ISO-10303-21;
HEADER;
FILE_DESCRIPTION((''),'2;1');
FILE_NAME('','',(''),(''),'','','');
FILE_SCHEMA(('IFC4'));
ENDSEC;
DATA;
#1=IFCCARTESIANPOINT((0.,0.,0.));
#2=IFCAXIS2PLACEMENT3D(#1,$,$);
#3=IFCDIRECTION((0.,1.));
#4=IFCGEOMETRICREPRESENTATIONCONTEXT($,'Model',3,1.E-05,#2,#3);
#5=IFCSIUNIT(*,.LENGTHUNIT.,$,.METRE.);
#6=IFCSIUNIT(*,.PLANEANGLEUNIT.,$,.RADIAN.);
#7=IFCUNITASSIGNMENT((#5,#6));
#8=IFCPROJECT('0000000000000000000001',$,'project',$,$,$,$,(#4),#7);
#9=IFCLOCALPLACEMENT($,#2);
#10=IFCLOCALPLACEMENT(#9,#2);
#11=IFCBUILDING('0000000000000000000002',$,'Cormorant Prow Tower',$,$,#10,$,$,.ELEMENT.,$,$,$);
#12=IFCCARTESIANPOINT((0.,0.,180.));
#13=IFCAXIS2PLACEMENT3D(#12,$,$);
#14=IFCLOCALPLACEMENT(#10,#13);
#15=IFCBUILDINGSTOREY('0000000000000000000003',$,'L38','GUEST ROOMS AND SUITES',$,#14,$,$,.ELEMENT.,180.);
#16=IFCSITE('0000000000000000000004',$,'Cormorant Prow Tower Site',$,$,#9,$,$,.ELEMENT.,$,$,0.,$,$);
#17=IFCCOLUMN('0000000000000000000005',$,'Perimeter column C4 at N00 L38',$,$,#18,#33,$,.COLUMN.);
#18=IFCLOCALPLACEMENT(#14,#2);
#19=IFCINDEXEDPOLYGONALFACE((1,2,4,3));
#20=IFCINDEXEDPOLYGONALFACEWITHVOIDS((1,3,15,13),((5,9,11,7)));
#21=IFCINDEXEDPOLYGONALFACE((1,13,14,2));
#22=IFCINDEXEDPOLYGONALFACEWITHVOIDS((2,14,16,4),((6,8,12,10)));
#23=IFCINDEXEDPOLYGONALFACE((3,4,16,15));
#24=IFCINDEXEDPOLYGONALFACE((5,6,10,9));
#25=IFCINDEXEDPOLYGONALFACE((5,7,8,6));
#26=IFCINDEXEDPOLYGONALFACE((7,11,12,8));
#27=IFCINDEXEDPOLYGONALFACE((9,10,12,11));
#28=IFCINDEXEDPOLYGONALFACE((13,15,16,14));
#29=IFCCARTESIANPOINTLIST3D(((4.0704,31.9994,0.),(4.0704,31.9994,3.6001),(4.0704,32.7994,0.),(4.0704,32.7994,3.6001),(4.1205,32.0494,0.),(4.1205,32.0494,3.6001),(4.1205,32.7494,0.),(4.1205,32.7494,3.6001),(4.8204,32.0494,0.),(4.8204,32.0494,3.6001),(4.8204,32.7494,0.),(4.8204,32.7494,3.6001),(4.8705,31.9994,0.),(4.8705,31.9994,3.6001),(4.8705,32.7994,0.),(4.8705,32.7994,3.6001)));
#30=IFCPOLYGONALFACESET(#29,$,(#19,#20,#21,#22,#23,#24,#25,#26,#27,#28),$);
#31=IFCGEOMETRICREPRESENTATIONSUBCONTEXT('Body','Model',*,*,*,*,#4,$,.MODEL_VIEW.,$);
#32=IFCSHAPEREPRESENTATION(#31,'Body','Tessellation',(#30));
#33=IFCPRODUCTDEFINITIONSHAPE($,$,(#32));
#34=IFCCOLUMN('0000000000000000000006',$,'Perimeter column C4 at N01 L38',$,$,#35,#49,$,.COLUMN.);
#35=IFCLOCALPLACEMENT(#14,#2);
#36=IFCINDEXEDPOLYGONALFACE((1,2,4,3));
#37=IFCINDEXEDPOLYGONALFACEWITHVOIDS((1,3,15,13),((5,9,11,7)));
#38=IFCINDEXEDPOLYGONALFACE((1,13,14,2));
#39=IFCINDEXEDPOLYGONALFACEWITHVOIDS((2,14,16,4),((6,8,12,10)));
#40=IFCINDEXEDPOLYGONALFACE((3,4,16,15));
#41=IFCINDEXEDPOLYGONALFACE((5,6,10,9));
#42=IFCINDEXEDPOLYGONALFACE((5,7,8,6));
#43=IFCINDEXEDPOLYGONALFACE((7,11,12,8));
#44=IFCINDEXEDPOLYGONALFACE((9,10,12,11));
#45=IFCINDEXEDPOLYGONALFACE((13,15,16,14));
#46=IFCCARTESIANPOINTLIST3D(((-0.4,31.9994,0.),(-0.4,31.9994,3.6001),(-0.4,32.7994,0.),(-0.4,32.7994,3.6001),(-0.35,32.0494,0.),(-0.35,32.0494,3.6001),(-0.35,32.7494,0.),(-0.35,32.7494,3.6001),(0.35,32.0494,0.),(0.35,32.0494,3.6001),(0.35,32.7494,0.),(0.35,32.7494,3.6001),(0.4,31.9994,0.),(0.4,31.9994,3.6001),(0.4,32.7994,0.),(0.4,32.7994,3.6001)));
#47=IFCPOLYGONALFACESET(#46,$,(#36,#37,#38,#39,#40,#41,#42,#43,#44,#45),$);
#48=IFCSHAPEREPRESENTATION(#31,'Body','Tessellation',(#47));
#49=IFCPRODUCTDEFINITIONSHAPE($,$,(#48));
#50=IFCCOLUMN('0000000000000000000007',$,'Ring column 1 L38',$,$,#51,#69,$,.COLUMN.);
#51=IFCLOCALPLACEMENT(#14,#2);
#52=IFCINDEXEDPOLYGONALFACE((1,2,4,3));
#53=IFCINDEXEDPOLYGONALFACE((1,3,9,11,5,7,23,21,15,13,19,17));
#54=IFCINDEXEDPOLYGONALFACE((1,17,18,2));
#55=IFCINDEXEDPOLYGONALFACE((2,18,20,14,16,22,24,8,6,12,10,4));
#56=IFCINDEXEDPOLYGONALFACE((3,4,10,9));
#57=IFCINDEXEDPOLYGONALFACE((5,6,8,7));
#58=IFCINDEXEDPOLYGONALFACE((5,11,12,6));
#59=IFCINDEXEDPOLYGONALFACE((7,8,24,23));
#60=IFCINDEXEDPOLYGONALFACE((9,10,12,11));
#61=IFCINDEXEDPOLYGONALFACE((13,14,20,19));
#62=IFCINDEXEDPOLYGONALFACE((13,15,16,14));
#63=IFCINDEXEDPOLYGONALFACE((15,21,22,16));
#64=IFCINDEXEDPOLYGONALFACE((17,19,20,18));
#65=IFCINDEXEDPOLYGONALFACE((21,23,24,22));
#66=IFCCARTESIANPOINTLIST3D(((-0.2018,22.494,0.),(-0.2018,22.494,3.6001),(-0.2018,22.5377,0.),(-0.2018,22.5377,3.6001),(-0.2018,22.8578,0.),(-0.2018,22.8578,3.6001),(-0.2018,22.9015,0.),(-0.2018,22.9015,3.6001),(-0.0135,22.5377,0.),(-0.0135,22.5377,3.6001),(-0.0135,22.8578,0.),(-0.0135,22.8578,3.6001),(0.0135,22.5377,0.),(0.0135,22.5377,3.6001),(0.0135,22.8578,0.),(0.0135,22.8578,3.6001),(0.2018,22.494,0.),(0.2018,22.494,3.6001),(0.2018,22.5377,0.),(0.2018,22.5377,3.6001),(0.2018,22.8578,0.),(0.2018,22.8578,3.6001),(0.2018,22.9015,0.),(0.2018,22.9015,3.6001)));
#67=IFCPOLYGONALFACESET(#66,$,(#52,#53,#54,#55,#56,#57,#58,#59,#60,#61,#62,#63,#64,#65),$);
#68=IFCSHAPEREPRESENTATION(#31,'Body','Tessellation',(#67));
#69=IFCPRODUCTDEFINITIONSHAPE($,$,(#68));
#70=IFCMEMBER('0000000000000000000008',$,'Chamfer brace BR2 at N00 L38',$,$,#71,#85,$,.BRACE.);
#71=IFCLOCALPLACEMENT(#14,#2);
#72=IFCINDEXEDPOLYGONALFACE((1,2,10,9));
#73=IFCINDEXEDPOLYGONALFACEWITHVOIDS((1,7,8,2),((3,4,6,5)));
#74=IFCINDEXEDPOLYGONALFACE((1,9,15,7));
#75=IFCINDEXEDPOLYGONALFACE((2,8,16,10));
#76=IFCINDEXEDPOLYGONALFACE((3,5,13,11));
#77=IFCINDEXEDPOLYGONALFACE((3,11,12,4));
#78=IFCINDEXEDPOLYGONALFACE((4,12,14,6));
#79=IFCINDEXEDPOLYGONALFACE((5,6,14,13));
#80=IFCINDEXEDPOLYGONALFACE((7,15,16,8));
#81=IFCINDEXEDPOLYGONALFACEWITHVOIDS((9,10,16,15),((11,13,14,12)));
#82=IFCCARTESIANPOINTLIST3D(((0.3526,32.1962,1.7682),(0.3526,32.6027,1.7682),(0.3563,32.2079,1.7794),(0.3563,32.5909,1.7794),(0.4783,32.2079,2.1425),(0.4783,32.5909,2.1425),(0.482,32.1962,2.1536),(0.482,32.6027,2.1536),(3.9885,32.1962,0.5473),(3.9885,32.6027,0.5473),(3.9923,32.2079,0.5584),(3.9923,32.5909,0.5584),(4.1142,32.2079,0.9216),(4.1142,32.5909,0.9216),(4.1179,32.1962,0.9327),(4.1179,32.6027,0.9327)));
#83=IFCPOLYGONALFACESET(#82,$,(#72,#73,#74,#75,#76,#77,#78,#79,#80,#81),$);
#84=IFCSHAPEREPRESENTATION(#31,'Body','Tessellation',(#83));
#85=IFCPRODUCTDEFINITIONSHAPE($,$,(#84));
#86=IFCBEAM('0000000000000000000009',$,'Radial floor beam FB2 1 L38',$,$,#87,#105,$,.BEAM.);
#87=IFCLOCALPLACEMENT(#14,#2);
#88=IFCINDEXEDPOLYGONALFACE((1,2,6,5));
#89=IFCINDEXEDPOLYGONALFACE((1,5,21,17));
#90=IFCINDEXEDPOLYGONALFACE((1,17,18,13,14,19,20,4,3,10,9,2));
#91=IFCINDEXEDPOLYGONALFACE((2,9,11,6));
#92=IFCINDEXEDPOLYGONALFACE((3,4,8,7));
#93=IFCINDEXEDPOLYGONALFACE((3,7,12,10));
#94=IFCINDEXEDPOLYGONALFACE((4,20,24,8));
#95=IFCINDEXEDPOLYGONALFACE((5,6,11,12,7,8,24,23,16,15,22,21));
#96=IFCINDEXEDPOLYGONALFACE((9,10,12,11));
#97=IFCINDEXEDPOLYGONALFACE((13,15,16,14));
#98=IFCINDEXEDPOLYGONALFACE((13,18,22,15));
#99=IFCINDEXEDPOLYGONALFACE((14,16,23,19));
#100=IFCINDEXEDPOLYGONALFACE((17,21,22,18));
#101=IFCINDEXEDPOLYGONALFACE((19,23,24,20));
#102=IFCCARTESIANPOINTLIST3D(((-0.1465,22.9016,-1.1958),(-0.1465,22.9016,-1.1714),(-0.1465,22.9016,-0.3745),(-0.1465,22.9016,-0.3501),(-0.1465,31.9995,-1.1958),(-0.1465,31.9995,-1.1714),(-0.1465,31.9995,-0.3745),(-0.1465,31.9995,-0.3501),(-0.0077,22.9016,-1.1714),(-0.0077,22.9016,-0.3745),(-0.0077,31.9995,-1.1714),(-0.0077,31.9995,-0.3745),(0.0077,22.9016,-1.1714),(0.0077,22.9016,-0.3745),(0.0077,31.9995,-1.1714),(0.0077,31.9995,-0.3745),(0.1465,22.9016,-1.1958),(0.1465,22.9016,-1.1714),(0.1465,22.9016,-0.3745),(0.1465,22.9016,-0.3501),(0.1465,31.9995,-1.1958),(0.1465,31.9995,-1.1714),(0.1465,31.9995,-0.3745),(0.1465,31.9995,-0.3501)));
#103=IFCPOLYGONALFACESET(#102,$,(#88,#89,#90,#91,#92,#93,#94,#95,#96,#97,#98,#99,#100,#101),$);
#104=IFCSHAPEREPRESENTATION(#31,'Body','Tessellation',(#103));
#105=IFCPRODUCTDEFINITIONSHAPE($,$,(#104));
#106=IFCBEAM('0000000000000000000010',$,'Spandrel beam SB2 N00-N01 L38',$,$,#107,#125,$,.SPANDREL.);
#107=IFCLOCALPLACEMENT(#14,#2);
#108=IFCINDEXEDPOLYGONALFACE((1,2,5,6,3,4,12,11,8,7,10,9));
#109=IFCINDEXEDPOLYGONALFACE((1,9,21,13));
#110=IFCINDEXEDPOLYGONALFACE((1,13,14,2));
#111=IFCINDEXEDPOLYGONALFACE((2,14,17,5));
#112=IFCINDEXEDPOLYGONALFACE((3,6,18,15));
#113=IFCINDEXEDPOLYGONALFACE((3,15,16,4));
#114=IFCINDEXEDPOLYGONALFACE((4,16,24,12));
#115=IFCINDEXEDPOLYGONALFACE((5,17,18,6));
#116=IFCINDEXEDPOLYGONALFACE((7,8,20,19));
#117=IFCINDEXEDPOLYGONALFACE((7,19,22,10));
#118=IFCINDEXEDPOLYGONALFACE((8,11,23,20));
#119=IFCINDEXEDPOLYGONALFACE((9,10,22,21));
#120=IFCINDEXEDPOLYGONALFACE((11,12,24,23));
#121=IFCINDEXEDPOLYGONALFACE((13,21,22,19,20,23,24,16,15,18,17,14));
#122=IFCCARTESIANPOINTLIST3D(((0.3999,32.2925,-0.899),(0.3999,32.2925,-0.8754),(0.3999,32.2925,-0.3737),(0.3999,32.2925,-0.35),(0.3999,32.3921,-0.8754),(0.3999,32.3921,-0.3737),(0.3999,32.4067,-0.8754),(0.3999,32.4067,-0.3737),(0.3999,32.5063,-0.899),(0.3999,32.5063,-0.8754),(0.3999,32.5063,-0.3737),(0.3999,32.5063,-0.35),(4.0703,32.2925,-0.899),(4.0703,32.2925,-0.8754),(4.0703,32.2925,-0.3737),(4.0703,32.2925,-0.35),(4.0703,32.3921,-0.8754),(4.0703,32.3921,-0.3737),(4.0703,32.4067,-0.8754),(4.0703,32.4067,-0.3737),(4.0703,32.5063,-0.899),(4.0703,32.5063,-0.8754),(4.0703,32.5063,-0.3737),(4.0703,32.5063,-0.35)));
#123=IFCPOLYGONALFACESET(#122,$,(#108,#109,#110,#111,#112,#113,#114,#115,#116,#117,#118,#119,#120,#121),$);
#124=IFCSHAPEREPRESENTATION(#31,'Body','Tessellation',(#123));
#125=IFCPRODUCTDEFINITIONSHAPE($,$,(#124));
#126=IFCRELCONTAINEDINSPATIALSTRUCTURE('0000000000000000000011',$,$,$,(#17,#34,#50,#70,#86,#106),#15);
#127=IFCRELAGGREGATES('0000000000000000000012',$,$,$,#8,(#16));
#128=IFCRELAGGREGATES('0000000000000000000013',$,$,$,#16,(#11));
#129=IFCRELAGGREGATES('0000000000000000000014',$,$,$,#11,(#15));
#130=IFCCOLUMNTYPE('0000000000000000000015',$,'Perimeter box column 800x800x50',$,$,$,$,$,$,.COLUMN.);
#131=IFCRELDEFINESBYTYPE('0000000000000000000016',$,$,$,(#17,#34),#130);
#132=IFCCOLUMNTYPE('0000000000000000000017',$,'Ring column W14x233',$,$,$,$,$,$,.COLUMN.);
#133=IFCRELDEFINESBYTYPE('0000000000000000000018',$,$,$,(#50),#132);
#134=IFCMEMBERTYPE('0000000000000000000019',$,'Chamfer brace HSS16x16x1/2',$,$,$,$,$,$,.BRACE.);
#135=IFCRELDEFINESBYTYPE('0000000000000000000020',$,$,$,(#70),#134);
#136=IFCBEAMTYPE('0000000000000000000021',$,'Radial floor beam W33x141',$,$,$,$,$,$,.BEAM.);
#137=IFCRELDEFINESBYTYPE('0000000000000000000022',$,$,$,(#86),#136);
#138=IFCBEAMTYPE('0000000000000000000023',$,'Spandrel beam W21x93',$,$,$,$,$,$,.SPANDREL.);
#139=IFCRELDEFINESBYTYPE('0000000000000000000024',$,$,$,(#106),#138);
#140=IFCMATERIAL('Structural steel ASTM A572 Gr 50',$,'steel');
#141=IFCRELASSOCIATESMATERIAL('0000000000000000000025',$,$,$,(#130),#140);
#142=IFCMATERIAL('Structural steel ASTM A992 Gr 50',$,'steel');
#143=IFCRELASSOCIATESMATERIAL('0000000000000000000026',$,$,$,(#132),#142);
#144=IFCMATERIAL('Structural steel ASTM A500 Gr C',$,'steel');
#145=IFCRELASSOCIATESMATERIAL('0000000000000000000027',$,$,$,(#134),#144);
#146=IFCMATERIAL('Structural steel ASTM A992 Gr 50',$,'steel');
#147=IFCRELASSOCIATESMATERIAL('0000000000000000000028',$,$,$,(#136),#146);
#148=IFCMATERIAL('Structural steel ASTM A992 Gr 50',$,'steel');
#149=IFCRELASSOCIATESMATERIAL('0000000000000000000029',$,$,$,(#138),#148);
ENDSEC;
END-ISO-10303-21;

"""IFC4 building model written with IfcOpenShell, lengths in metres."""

from ifc_helpers import new_model, si_unit, direction, frame, origin, origin_2d, place, context, subcontext, project, spatial, hollow_rectangle, i_section, extrude, material, material_profile, profile_set, type_object, element, save


model = new_model("IFC4")

# Units and contexts
model_context = context("Model", 3, precision=1e-05, world=origin(), true_north=direction((0.0, 1.0)))
body_context = subcontext(model_context, "Body", "Model", "MODEL_VIEW")
ifc_project = project(units=[si_unit("LENGTHUNIT", "METRE"), si_unit("PLANEANGLEUNIT", "RADIAN")], contexts=[model_context])

# Site, building, storey
site_placement = place(None, origin())
site = spatial("IfcSite", under=ifc_project, at=site_placement, Name="Cormorant Prow Tower Site", CompositionType="ELEMENT", RefElevation=0.0)
building_placement = place(site_placement, origin())
building = spatial("IfcBuilding", under=site, at=building_placement, Name="Cormorant Prow Tower", CompositionType="ELEMENT")
storey_placement = place(building_placement, frame((0.0, 0.0, 180.0)))
storey = spatial("IfcBuildingStorey", under=building, at=storey_placement, Name="L38", Description="GUEST ROOMS AND SUITES", CompositionType="ELEMENT", Elevation=180.0)

# Columns
ifc_material_1 = material(Name="Structural steel ASTM A572 Gr 50", Category="steel")
ifc_material_profile_1 = material_profile(ifc_material_1, hollow_rectangle(XDim=0.8, YDim=0.8, WallThickness=0.05, at=origin_2d()), Name="Box 800x800x50")
ifc_profile_set_1 = profile_set([ifc_material_profile_1], Name="Structural steel ASTM A572 Gr 50")
column_type_1 = type_object("IfcColumnType", Name="Perimeter box column 800x800x50", PredefinedType="COLUMN", material=ifc_profile_set_1)
for number, where, z_axis, x_axis, name in (
    (1, (4.4705, 32.3994, 0.0), (0.0, 0.0, 1.0), (1.0, 0.0, 0.0), "Perimeter column C4 at N00 L38"),
    (2, (0.0, 32.3994, 0.0), (0.0, 0.0, 1.0), (1.0, 0.0, 0.0), "Perimeter column C4 at N01 L38"),
):
    element("IfcColumn", number, at=place(storey_placement, frame(where, z_axis=z_axis, x_axis=x_axis)), inside=storey, type_object=column_type_1, Name=name, PredefinedType="COLUMN", context=body_context, shape_type="SweptSolid", body=[
        extrude(hollow_rectangle(XDim=0.8, YDim=0.8, WallThickness=0.05, at=origin_2d()), origin(), (0.0, 0.0, 1.0), 3.6001),
    ])
ifc_material_2 = material(Name="Structural steel ASTM A992 Gr 50", Category="steel")
ifc_material_profile_2 = material_profile(ifc_material_2, i_section(OverallWidth=0.4036, OverallDepth=0.4075, WebThickness=0.0271, FlangeThickness=0.0437, at=origin_2d()), Name="W14x233")
ifc_profile_set_2 = profile_set([ifc_material_profile_2], Name="Structural steel ASTM A992 Gr 50")
column_type_2 = type_object("IfcColumnType", Name="Ring column W14x233", PredefinedType="COLUMN", material=ifc_profile_set_2)
column_placement = place(storey_placement, frame((0.0, 22.6978, 0.0), z_axis=(0.0, 0.0, 1.0), x_axis=(1.0, 0.0, 0.0)))
element("IfcColumn", 3, at=column_placement, inside=storey, type_object=column_type_2, Name="Ring column 1 L38", PredefinedType="COLUMN", context=body_context, shape_type="SweptSolid", body=[
    extrude(i_section(OverallWidth=0.4036, OverallDepth=0.4075, WebThickness=0.0271, FlangeThickness=0.0437, at=origin_2d()), origin(), (0.0, 0.0, 1.0), 3.6001),
])

# Member
ifc_material_3 = material(Name="Structural steel ASTM A500 Gr C", Category="steel")
ifc_material_profile_3 = material_profile(ifc_material_3, hollow_rectangle(XDim=0.4065, YDim=0.4065, WallThickness=0.0117, at=origin_2d()), Name="HSS16x16x1/2")
ifc_profile_set_3 = profile_set([ifc_material_profile_3], Name="Structural steel ASTM A500 Gr C")
member_type = type_object("IfcMemberType", Name="Chamfer brace HSS16x16x1/2", PredefinedType="BRACE", material=ifc_profile_set_3)
member_placement = place(storey_placement, frame((4.0532, 32.3994, 0.74), z_axis=(-0.947981, 0.0, 0.318328), x_axis=(0.0, -1.0, 0.0)))
element("IfcMember", 4, at=member_placement, inside=storey, type_object=member_type, Name="Chamfer brace BR2 at N00 L38", PredefinedType="BRACE", context=body_context, shape_type="SweptSolid", body=[
    extrude(hollow_rectangle(XDim=0.4065, YDim=0.4065, WallThickness=0.0117, at=origin_2d()), origin(), (0.0, 0.0, 1.0), 3.8354),
])

# Beams
ifc_material_4 = material(Name="Structural steel ASTM A992 Gr 50", Category="steel")
ifc_material_profile_4 = material_profile(ifc_material_4, i_section(OverallWidth=0.293, OverallDepth=0.8457, WebThickness=0.0154, FlangeThickness=0.0244, at=origin_2d()), Name="W33x141")
ifc_profile_set_4 = profile_set([ifc_material_profile_4], Name="Structural steel ASTM A992 Gr 50")
beam_type_1 = type_object("IfcBeamType", Name="Radial floor beam W33x141", PredefinedType="BEAM", material=ifc_profile_set_4)
beam_1_placement = place(storey_placement, frame((0.0, 22.9016, -0.7729), z_axis=(0.0, 1.0, 0.0), x_axis=(-1.0, 0.0, 0.0)))
element("IfcBeam", 5, at=beam_1_placement, inside=storey, type_object=beam_type_1, Name="Radial floor beam FB2 1 L38", PredefinedType="BEAM", context=body_context, shape_type="SweptSolid", body=[
    extrude(i_section(OverallWidth=0.293, OverallDepth=0.8457, WebThickness=0.0154, FlangeThickness=0.0244, at=origin_2d()), origin(), (0.0, 0.0, 1.0), 9.0979),
])
ifc_material_5 = material(Name="Structural steel ASTM A992 Gr 50", Category="steel")
ifc_material_profile_5 = material_profile(ifc_material_5, i_section(OverallWidth=0.2139, OverallDepth=0.5491, WebThickness=0.0146, FlangeThickness=0.0237, at=origin_2d()), Name="W21x93")
ifc_profile_set_5 = profile_set([ifc_material_profile_5], Name="Structural steel ASTM A992 Gr 50")
beam_type_2 = type_object("IfcBeamType", Name="Spandrel beam W21x93", PredefinedType="SPANDREL", material=ifc_profile_set_5)
beam_2_placement = place(storey_placement, frame((4.0703, 32.3994, -0.6245), z_axis=(-1.0, 0.0, 0.0), x_axis=(0.0, -1.0, 0.0)))
element("IfcBeam", 6, at=beam_2_placement, inside=storey, type_object=beam_type_2, Name="Spandrel beam SB2 N00-N01 L38", PredefinedType="SPANDREL", context=body_context, shape_type="SweptSolid", body=[
    extrude(i_section(OverallWidth=0.2139, OverallDepth=0.5491, WebThickness=0.0146, FlangeThickness=0.0237, at=origin_2d()), origin(), (0.0, 0.0, 1.0), 3.6704),
])

save(model, "model.ifc")
